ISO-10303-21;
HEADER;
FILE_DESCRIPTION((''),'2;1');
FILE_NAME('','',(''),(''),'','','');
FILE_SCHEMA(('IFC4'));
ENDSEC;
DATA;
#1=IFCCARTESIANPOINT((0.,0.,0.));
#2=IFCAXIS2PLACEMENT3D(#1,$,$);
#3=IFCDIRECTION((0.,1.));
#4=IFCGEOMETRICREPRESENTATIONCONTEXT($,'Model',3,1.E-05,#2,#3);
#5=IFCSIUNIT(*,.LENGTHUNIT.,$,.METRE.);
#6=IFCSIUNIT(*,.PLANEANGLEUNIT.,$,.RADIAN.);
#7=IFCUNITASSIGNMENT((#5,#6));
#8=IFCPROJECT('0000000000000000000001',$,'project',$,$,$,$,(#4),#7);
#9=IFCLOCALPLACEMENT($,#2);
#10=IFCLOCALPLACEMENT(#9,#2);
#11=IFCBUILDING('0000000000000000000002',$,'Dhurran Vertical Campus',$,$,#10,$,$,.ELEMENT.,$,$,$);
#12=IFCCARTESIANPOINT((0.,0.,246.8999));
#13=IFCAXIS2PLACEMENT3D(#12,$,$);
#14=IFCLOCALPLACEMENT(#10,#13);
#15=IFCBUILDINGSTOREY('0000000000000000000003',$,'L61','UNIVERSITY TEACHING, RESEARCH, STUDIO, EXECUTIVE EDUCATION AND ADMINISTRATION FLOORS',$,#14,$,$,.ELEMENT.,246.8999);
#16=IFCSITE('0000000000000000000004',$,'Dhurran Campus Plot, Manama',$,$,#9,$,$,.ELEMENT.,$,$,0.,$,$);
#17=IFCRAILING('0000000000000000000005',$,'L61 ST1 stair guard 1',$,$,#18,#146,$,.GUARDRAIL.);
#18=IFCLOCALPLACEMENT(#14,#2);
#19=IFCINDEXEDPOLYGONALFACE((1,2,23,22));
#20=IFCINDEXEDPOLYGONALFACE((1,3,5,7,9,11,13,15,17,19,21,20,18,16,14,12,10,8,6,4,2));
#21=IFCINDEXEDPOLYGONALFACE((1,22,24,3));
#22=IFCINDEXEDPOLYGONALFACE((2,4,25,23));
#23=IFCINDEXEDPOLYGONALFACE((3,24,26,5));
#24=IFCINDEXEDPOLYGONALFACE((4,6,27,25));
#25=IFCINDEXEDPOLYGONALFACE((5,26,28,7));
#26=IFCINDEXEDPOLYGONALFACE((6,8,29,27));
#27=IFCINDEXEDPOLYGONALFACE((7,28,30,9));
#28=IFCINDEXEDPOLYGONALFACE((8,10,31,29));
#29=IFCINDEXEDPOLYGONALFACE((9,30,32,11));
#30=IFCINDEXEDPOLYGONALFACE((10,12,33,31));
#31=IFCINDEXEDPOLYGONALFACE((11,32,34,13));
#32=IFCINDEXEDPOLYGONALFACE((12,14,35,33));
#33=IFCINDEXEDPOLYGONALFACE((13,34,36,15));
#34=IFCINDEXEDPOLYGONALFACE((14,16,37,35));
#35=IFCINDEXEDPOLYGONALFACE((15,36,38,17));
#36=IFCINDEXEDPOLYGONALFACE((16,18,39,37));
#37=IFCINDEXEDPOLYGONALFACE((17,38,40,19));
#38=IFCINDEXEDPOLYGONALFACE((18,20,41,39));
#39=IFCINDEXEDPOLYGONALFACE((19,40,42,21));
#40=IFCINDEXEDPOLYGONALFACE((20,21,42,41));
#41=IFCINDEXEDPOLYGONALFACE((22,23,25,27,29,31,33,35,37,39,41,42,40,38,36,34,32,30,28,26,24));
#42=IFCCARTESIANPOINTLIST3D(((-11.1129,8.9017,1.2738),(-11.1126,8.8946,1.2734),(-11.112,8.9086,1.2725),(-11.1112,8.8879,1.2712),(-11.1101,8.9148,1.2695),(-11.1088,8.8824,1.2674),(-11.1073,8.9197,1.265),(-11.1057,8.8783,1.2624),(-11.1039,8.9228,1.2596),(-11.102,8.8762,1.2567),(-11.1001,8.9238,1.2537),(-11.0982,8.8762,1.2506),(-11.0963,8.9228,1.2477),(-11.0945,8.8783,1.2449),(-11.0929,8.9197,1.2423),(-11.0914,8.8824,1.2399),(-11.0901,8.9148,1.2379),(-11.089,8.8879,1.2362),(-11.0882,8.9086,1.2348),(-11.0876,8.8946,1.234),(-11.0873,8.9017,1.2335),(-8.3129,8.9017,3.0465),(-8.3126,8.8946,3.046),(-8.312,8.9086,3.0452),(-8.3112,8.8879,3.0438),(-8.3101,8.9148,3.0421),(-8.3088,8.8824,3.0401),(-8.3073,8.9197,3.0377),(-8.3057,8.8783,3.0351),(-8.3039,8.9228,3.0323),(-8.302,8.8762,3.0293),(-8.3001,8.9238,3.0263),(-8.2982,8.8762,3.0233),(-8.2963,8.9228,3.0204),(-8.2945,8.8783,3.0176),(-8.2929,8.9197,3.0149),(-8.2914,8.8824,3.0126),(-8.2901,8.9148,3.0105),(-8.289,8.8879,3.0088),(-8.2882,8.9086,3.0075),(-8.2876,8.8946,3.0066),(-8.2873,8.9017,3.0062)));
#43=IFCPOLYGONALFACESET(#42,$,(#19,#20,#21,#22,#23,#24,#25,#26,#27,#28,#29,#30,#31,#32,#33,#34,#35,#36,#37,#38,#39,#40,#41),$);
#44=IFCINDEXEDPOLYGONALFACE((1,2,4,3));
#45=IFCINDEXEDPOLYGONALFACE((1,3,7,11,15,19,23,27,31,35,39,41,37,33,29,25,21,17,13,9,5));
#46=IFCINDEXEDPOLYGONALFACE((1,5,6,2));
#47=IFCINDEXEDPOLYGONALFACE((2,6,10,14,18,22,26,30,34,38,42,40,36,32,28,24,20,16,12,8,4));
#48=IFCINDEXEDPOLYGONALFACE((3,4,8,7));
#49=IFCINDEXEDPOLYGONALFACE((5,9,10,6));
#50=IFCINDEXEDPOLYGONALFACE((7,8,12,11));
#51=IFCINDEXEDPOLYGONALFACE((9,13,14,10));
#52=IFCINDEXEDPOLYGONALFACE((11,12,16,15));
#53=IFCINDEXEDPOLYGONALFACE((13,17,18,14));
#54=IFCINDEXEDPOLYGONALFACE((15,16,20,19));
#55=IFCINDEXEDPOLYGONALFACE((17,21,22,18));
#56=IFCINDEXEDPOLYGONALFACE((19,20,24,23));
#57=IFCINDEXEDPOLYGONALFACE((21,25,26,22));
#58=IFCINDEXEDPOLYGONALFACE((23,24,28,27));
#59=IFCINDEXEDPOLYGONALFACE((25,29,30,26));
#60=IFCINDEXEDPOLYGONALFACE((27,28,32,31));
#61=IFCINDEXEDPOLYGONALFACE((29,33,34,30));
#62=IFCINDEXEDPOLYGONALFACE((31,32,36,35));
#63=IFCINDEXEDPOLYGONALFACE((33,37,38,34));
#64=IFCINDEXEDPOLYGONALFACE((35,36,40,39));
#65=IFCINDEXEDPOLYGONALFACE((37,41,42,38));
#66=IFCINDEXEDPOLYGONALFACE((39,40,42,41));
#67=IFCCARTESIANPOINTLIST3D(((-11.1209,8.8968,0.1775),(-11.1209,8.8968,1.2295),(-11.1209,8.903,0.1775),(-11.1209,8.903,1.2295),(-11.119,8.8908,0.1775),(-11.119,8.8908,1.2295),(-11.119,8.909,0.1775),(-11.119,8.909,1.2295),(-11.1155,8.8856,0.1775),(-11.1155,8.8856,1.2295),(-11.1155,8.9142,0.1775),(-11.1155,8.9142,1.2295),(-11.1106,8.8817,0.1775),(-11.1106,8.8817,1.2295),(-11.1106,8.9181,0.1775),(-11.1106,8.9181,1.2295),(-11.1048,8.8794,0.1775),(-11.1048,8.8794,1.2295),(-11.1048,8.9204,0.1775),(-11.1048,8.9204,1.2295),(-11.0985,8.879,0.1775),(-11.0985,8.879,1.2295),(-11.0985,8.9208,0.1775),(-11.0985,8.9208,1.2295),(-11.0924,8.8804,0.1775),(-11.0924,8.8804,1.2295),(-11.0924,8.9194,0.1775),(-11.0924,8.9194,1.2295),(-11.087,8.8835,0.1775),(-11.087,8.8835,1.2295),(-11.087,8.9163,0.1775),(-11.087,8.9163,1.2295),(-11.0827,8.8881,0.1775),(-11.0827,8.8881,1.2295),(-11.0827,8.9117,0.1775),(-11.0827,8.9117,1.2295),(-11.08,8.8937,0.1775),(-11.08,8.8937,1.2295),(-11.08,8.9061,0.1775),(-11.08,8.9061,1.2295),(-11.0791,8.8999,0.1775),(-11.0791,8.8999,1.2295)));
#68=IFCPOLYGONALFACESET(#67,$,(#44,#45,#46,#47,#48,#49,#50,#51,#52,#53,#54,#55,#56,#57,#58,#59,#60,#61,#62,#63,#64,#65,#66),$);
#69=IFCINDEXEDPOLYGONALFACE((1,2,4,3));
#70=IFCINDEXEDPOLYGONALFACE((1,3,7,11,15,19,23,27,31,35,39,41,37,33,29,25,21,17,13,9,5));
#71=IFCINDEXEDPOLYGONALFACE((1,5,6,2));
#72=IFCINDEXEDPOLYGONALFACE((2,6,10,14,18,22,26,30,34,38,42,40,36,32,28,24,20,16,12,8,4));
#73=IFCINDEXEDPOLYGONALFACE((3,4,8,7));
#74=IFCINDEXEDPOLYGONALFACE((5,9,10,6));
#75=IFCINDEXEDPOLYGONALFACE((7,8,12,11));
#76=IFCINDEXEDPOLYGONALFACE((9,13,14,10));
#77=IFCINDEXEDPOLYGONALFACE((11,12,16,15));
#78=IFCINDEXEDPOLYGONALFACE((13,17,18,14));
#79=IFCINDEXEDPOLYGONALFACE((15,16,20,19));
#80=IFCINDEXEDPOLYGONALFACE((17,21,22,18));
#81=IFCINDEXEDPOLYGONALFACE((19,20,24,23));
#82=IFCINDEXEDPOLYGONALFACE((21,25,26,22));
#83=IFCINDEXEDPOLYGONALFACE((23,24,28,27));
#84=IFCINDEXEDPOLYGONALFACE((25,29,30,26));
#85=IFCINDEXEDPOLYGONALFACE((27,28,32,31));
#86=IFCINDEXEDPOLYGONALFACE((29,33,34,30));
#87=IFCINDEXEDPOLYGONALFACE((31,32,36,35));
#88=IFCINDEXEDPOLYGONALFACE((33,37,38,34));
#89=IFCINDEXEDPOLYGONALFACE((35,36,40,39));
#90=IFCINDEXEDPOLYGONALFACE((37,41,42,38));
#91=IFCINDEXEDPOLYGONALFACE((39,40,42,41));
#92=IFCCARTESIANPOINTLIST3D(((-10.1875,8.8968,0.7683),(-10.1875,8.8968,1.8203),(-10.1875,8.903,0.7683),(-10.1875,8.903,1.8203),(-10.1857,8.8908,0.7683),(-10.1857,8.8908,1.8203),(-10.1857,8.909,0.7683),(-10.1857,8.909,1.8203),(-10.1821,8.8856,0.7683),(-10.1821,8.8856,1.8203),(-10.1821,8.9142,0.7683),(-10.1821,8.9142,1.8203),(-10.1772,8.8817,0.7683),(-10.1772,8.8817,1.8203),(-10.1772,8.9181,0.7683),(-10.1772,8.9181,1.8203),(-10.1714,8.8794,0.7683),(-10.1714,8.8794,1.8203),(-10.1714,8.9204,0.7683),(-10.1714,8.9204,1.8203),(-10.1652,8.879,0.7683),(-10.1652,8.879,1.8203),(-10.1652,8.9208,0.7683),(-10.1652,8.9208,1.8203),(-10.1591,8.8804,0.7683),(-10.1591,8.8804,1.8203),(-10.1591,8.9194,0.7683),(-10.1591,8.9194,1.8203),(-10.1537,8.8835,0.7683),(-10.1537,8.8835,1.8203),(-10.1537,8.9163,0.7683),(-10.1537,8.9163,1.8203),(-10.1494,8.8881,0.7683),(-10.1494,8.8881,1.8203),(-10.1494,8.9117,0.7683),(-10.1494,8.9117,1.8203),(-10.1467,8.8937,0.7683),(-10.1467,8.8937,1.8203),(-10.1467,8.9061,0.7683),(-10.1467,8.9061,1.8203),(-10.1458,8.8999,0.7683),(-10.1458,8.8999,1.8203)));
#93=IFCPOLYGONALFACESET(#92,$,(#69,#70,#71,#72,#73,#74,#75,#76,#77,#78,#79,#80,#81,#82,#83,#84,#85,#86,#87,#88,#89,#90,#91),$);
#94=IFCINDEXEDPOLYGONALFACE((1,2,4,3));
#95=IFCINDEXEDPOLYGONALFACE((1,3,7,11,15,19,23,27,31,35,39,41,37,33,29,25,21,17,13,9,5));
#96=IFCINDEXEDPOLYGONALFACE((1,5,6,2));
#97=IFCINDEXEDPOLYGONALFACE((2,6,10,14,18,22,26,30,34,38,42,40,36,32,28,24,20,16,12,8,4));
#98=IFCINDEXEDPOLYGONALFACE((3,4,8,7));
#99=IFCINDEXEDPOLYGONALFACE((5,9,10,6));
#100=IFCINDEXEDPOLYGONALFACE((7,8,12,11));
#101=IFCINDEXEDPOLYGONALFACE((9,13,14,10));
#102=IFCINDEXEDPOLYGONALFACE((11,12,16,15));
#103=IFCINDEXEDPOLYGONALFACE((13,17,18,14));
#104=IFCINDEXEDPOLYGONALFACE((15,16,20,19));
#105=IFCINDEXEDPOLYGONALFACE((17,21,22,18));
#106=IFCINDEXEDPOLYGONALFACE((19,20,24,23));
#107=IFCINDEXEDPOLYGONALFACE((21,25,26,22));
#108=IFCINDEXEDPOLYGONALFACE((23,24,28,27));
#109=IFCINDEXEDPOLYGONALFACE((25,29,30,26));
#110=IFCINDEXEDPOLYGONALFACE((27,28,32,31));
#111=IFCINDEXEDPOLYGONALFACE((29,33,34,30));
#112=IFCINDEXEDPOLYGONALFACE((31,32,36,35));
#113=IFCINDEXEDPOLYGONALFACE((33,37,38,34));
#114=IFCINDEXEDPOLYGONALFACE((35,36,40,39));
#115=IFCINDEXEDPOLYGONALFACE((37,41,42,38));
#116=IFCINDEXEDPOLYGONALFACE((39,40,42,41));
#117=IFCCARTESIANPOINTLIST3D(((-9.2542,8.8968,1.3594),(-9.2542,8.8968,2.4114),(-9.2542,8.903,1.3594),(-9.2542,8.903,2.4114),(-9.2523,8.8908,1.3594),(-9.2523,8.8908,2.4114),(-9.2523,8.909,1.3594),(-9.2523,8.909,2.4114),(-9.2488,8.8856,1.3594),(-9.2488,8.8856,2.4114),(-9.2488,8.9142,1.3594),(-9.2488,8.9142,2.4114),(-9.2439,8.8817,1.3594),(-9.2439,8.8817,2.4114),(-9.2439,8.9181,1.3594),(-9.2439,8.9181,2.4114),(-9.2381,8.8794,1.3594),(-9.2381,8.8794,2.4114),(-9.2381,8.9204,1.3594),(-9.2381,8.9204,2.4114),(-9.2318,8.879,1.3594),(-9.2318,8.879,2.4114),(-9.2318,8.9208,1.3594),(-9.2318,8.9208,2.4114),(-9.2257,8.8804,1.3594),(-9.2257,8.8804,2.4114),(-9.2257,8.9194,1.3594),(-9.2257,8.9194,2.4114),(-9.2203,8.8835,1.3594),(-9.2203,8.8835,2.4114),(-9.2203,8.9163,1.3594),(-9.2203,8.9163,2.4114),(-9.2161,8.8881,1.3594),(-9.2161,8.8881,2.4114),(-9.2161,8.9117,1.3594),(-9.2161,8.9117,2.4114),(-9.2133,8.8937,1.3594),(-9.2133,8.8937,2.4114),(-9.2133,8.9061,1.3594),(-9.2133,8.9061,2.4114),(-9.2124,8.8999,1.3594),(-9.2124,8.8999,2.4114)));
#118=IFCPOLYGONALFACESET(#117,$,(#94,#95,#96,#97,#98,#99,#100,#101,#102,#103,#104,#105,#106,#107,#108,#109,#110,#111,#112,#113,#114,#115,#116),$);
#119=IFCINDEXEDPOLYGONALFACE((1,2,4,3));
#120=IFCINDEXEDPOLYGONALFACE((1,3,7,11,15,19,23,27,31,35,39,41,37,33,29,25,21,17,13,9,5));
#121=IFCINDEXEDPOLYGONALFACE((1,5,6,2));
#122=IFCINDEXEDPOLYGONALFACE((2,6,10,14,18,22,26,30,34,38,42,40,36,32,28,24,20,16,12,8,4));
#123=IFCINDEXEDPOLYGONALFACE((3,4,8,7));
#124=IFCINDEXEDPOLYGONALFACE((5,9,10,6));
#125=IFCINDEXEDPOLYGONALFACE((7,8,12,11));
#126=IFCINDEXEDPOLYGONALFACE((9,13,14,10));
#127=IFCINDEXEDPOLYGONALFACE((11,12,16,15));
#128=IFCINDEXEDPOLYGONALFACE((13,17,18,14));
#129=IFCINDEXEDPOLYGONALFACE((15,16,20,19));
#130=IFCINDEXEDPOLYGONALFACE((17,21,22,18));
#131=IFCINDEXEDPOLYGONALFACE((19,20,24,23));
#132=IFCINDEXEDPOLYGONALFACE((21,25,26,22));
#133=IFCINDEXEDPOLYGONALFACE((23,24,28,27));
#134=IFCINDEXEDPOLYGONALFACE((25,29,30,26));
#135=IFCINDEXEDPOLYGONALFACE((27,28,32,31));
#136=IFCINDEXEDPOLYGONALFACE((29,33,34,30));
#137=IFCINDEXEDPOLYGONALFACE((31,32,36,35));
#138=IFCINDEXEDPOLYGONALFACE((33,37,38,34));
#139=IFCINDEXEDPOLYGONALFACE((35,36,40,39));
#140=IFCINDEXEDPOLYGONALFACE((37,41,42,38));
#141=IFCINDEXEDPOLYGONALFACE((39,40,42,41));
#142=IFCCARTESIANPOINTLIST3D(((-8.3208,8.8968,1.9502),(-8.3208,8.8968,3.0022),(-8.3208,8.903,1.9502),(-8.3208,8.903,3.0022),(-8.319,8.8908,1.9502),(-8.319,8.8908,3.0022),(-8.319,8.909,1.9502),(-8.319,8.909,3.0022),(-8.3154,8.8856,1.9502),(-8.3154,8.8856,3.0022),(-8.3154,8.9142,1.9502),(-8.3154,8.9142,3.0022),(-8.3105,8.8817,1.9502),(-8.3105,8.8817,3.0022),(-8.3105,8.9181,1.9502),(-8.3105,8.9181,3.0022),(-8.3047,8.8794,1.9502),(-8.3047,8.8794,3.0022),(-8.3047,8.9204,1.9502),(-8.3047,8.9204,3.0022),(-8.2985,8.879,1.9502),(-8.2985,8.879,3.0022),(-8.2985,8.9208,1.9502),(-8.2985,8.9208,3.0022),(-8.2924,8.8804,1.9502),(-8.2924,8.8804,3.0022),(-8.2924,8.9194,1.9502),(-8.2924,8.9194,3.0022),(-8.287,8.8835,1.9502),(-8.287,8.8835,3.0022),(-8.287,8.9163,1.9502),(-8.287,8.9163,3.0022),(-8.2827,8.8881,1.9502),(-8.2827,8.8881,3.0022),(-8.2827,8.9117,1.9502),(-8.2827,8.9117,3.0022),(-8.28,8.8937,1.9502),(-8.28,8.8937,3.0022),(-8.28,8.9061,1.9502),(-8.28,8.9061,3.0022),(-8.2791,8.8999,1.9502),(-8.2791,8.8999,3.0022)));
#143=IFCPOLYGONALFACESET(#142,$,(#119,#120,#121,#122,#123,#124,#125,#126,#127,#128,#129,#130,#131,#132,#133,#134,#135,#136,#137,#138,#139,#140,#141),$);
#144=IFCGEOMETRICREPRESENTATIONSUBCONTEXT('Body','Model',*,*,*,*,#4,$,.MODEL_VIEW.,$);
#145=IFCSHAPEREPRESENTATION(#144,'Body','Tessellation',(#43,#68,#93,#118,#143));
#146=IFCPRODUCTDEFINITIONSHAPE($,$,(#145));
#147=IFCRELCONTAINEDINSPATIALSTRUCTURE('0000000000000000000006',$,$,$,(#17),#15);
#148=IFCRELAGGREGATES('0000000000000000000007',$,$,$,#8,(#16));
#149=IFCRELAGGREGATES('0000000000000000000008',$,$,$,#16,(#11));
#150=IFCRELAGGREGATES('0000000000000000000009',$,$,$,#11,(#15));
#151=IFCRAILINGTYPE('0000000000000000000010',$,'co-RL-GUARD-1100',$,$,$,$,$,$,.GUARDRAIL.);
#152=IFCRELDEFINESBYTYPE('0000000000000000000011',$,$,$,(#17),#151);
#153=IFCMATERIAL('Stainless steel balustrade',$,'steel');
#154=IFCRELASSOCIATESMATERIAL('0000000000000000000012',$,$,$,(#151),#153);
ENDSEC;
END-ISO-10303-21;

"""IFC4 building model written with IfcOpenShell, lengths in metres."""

from ifc_helpers import new_model, si_unit, direction, frame, origin, origin_2d, place, context, subcontext, project, spatial, circle, extrude, material, type_object, element, save


model = new_model("IFC4")

# Units and contexts
model_context = context("Model", 3, precision=1e-05, world=origin(), true_north=direction((0.0, 1.0)))
body_context = subcontext(model_context, "Body", "Model", "MODEL_VIEW")
ifc_project = project(units=[si_unit("LENGTHUNIT", "METRE"), si_unit("PLANEANGLEUNIT", "RADIAN")], contexts=[model_context])

# Site, building, storey
site_placement = place(None, origin())
site = spatial("IfcSite", under=ifc_project, at=site_placement, Name="Dhurran Campus Plot, Manama", CompositionType="ELEMENT", RefElevation=0.0)
building_placement = place(site_placement, origin())
building = spatial("IfcBuilding", under=site, at=building_placement, Name="Dhurran Vertical Campus", CompositionType="ELEMENT")
storey_placement = place(building_placement, frame((0.0, 0.0, 246.8999)))
storey = spatial("IfcBuildingStorey", under=building, at=storey_placement, Name="L61", Description="UNIVERSITY TEACHING, RESEARCH, STUDIO, EXECUTIVE EDUCATION AND ADMINISTRATION FLOORS", CompositionType="ELEMENT", Elevation=246.8999)

# Railing
ifc_material_1 = material(Name="Stainless steel balustrade", Category="steel")
railing_type_1 = type_object("IfcRailingType", Name="co-RL-GUARD-1100", PredefinedType="GUARDRAIL", material=ifc_material_1)
railing_1_placement = place(storey_placement, frame((-11.1001, 8.8999, 0.1775)))
element("IfcRailing", 1, at=railing_1_placement, inside=storey, type_object=railing_type_1, Name="L61 ST1 stair guard 1", PredefinedType="GUARDRAIL", context=body_context, shape_type="SweptSolid", body=[
    extrude(circle(Radius=0.0239, at=origin_2d()), frame((0.0, 0.0, 1.0762), z_axis=(0.844909, 0.0, 0.53491), x_axis=(0.0, 1.0, 0.0)), (0.0, 0.0, 1.0), 3.314),
    extrude(circle(Radius=0.021, at=origin_2d()), origin(), (0.0, 0.0, 1.0), 1.052),
    extrude(circle(Radius=0.021, at=origin_2d()), frame((0.9333, 0.0, 0.5908)), (0.0, 0.0, 1.0), 1.052),
    extrude(circle(Radius=0.021, at=origin_2d()), frame((1.8667, 0.0, 1.1819)), (0.0, 0.0, 1.0), 1.052),
    extrude(circle(Radius=0.021, at=origin_2d()), frame((2.8, 0.0, 1.7727)), (0.0, 0.0, 1.0), 1.052),
])

save(model, "model.ifc")
